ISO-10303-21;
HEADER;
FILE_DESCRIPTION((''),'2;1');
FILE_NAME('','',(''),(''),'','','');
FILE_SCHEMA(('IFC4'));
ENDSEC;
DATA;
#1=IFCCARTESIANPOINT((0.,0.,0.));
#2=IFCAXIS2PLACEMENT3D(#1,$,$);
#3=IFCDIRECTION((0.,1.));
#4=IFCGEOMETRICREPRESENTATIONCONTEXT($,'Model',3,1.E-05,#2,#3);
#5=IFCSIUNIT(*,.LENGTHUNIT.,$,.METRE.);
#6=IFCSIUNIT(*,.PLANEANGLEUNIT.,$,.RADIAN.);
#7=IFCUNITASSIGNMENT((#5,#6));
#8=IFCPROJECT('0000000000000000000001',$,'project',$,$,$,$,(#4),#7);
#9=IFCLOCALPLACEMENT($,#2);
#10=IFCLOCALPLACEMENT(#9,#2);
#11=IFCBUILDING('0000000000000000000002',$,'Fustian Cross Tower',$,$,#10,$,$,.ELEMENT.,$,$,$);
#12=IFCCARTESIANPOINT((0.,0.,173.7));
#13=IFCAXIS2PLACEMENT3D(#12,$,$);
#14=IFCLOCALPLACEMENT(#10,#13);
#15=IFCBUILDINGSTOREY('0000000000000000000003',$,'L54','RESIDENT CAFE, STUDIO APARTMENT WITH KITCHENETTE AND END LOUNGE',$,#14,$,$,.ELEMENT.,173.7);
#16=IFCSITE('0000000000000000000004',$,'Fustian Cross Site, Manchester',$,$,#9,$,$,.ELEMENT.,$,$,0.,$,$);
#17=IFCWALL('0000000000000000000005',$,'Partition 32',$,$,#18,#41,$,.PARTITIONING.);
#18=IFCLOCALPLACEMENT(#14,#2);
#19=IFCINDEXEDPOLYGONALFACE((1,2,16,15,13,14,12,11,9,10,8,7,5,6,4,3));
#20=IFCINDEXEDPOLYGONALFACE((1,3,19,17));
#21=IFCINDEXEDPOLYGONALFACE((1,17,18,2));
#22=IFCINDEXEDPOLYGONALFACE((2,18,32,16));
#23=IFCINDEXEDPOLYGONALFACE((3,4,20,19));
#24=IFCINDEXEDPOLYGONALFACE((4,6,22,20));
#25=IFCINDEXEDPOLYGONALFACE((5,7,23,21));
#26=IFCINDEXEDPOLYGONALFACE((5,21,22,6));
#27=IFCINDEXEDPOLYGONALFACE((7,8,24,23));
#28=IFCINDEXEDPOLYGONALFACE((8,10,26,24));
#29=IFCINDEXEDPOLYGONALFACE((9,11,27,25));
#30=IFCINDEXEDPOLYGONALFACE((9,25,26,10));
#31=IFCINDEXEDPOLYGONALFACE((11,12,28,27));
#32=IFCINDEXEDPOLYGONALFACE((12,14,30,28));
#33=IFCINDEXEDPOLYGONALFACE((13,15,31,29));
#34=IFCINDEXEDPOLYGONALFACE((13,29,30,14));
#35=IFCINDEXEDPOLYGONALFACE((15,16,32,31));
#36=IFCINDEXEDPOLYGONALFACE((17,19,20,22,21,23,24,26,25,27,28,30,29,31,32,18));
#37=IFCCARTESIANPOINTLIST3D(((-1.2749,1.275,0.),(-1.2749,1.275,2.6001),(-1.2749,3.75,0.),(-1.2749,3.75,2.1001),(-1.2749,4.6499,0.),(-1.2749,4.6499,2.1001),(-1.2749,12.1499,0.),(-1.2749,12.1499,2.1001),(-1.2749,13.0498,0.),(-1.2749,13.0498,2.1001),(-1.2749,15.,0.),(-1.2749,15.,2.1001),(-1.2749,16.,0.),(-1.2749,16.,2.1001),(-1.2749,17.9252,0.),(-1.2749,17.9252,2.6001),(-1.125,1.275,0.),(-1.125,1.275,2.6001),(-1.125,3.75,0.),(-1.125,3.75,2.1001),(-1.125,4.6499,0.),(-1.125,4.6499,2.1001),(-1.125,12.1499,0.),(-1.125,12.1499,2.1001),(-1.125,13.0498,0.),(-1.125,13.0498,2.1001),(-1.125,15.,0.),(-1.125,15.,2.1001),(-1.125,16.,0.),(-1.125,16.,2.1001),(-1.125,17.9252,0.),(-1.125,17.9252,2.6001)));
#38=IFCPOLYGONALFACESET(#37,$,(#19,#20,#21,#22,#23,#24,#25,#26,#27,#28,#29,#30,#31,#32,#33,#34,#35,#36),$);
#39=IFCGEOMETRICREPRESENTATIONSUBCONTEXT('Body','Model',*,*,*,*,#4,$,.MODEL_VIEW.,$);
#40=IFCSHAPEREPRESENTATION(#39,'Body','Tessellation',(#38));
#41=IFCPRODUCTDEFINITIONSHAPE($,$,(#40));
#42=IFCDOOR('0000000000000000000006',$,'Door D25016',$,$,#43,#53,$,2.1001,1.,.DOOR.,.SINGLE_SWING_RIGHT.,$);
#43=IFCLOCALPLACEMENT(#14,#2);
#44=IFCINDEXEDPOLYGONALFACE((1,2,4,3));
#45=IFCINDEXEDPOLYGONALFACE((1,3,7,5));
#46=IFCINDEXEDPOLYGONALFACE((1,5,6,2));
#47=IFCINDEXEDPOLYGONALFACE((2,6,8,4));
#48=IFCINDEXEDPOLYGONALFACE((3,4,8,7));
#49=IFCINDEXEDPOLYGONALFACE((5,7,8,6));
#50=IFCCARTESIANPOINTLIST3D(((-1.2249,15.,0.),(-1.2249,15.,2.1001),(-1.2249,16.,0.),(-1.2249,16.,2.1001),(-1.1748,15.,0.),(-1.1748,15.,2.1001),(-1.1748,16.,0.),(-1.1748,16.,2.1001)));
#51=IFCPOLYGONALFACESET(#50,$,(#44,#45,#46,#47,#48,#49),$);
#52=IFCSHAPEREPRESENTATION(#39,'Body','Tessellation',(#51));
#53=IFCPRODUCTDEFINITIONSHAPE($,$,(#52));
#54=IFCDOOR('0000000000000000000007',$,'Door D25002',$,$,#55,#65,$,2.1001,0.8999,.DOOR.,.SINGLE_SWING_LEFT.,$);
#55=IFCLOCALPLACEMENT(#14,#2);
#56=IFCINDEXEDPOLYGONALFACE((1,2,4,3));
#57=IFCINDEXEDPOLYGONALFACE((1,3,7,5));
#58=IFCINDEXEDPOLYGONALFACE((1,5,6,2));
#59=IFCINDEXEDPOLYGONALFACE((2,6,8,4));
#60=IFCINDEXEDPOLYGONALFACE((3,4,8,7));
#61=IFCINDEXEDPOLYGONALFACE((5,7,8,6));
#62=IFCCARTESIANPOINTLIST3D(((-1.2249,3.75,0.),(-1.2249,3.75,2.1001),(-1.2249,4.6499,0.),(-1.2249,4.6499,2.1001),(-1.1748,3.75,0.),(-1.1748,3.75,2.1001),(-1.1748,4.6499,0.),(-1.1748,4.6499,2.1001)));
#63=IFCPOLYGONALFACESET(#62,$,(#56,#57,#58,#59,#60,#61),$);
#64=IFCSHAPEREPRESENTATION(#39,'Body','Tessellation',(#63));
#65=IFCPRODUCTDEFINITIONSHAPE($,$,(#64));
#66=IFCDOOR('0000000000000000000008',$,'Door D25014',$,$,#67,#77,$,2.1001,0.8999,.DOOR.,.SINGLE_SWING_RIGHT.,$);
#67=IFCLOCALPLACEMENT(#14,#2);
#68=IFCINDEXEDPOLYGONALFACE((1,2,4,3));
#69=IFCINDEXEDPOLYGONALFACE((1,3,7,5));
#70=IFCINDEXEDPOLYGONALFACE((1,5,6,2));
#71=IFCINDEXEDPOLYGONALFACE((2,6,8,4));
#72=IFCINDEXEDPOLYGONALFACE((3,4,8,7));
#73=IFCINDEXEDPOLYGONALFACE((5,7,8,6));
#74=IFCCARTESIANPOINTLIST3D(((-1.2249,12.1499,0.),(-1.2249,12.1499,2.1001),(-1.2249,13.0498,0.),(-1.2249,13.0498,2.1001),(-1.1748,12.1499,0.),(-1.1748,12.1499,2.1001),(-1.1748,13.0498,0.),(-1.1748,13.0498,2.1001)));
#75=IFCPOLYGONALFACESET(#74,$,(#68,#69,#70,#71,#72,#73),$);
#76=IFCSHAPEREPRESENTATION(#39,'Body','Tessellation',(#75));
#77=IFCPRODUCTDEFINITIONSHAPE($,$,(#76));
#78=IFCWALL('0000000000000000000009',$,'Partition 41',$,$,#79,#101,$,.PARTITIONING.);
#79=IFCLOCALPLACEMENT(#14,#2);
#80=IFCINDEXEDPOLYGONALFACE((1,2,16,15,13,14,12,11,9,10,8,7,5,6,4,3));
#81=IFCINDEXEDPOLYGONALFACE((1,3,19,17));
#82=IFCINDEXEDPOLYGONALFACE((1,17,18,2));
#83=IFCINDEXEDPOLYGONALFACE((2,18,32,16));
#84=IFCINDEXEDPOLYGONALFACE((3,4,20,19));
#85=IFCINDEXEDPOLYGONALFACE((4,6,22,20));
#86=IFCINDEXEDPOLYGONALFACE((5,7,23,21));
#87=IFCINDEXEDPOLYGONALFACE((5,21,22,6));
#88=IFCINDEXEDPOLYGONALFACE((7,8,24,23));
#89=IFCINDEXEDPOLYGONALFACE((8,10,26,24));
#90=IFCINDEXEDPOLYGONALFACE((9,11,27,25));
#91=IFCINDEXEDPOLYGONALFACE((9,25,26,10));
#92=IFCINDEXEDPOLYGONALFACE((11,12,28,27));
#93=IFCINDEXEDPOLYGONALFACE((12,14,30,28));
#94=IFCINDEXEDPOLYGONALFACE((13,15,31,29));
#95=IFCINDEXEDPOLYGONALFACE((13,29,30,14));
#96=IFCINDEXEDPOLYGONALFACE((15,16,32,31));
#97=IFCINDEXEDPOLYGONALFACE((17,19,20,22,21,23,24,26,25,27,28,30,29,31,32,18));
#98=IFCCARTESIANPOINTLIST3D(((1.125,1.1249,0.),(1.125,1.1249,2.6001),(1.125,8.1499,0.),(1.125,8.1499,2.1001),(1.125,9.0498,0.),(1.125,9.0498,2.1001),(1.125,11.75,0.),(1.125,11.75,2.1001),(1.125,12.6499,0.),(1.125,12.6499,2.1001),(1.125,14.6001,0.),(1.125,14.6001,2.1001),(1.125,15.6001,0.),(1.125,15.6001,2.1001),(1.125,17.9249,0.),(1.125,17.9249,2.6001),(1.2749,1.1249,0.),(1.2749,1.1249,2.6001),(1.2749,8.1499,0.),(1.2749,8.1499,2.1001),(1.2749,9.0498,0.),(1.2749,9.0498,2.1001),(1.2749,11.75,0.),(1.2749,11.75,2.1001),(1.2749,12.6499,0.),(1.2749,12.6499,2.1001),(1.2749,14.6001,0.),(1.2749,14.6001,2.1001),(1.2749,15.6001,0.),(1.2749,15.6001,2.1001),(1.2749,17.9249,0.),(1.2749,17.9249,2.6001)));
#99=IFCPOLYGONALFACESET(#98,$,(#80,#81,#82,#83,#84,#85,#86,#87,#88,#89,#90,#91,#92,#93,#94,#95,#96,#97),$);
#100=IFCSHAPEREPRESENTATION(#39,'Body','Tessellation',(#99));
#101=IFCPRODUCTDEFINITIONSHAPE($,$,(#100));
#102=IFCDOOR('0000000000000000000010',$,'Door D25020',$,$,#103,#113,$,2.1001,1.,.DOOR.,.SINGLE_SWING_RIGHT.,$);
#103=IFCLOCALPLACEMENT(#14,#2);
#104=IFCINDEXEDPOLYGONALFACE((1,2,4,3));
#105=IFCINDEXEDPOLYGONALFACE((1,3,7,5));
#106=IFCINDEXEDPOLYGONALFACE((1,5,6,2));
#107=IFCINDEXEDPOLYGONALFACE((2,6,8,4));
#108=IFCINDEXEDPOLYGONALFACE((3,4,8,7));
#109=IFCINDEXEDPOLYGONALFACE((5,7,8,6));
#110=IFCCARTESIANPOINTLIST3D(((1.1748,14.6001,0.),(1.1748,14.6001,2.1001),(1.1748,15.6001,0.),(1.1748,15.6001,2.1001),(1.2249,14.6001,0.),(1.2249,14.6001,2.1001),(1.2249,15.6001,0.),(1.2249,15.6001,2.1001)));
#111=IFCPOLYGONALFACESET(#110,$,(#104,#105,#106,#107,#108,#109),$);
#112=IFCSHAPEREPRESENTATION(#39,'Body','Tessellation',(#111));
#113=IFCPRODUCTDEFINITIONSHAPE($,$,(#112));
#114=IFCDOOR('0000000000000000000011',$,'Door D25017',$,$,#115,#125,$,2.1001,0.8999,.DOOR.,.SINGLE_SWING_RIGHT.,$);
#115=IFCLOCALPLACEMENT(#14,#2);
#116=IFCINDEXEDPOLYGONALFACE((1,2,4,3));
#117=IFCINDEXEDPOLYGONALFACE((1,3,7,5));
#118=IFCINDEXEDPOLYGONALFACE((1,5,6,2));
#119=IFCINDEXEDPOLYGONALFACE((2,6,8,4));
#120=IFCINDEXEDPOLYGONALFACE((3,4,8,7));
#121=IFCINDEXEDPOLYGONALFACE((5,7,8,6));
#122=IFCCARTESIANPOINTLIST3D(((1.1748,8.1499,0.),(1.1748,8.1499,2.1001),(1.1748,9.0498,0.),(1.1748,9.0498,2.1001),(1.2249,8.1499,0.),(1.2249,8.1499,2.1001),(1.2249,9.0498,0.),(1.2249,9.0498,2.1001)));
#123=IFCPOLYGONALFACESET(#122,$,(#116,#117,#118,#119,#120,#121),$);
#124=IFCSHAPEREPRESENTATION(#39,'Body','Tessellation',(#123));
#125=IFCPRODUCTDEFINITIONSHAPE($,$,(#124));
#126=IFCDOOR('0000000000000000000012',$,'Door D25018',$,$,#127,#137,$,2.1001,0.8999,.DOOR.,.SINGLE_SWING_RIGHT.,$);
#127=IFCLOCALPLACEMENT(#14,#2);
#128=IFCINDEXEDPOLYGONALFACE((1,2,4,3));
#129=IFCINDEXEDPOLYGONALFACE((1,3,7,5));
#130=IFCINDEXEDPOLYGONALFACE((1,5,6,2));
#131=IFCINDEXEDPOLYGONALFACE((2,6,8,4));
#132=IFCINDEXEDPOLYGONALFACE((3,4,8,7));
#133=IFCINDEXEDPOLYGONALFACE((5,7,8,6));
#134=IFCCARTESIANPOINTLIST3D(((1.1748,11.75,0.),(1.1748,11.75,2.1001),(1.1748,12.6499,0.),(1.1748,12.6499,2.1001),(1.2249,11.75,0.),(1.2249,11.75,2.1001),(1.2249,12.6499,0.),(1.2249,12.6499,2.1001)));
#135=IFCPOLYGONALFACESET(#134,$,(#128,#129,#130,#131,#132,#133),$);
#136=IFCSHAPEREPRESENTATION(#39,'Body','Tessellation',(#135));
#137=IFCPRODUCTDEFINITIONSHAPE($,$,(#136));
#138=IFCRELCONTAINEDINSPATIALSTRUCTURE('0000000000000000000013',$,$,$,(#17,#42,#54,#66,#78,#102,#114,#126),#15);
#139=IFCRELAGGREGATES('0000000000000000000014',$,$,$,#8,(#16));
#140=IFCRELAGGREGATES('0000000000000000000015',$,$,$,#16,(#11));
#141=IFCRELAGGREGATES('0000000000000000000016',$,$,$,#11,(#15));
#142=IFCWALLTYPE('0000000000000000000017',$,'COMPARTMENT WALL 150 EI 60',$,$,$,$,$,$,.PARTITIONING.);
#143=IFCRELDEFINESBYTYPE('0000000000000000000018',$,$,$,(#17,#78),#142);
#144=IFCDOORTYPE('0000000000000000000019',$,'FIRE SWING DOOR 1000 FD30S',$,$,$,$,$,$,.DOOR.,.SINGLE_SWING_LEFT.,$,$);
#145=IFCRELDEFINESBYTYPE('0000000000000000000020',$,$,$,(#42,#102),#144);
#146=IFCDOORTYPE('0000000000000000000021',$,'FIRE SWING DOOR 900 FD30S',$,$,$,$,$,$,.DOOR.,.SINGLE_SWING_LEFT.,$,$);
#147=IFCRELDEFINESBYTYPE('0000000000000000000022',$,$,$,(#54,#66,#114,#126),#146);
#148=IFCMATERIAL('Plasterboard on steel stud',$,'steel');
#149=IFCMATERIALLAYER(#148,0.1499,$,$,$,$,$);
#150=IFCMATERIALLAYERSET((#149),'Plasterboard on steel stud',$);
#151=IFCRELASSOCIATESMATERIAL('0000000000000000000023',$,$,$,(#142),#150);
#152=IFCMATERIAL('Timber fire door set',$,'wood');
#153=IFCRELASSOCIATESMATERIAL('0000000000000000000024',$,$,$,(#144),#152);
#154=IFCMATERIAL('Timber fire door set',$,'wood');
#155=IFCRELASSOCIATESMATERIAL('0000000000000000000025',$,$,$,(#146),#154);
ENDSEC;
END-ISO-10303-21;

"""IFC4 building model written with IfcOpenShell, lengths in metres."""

from ifc_helpers import new_model, si_unit, direction, frame, frame_2d, origin, place, context, subcontext, project, spatial, rectangle, extrude, material, layer, layer_set, type_object, element, fill, save


model = new_model("IFC4")

# Units and contexts
model_context = context("Model", 3, precision=1e-05, world=origin(), true_north=direction((0.0, 1.0)))
body_context = subcontext(model_context, "Body", "Model", "MODEL_VIEW")
ifc_project = project(units=[si_unit("LENGTHUNIT", "METRE"), si_unit("PLANEANGLEUNIT", "RADIAN")], contexts=[model_context])

# Site, building, storey
site_placement = place(None, origin())
site = spatial("IfcSite", under=ifc_project, at=site_placement, Name="Fustian Cross Site, Manchester", CompositionType="ELEMENT", RefElevation=0.0)
building_placement = place(site_placement, origin())
building = spatial("IfcBuilding", under=site, at=building_placement, Name="Fustian Cross Tower", CompositionType="ELEMENT")
storey_placement = place(building_placement, frame((0.0, 0.0, 173.7)))
storey = spatial("IfcBuildingStorey", under=building, at=storey_placement, Name="L54", Description="RESIDENT CAFE, STUDIO APARTMENT WITH KITCHENETTE AND END LOUNGE", CompositionType="ELEMENT", Elevation=173.7)

# Walls, openings, doors
ifc_material_1 = material(Name="Plasterboard on steel stud", Category="steel")
ifc_layer_1 = layer(ifc_material_1, 0.1499)
ifc_layer_set_1 = layer_set([ifc_layer_1], Name="Plasterboard on steel stud")
wall_type_1 = type_object("IfcWallType", Name="COMPARTMENT WALL 150 EI 60", PredefinedType="PARTITIONING", material=ifc_layer_set_1)
wall_1_placement = place(storey_placement, frame((-1.2, 1.2749, 0.0), z_axis=(0.0, 0.0, 1.0), x_axis=(0.0, 1.0, 0.0)))
wall_1 = element("IfcWall", 1, at=wall_1_placement, inside=storey, type_object=wall_type_1, Name="Partition 32", PredefinedType="PARTITIONING", context=body_context, shape_type="SweptSolid", body=[
    extrude(rectangle(XDim=16.6501, YDim=0.1499, at=frame_2d((8.3252, 0.0))), origin(), (0.0, 0.0, 1.0), 2.6001),
])
opening_1_placement = place(wall_1_placement, frame((2.4751, 0.0, 0.0)))
opening_1 = element("IfcOpeningElement", 2, at=opening_1_placement, cuts=wall_1, PredefinedType="OPENING", context=body_context, shape_type="SweptSolid", body=[
    extrude(rectangle(XDim=0.8999, YDim=2.1001, at=frame_2d((0.45, 1.05))), frame((0.0, 0.085, 0.0), z_axis=(0.0, -1.0, 0.0), x_axis=(1.0, 0.0, 0.0)), (0.0, 0.0, 1.0), 0.1699),
])
opening_2_placement = place(wall_1_placement, frame((10.875, 0.0, 0.0)))
opening_2 = element("IfcOpeningElement", 3, at=opening_2_placement, cuts=wall_1, PredefinedType="OPENING", context=body_context, shape_type="SweptSolid", body=[
    extrude(rectangle(XDim=0.8999, YDim=2.1001, at=frame_2d((0.45, 1.05))), frame((0.0, 0.085, 0.0), z_axis=(0.0, -1.0, 0.0), x_axis=(1.0, 0.0, 0.0)), (0.0, 0.0, 1.0), 0.1699),
])
opening_3_placement = place(wall_1_placement, frame((13.7251, 0.0, 0.0)))
opening_3 = element("IfcOpeningElement", 4, at=opening_3_placement, cuts=wall_1, PredefinedType="OPENING", context=body_context, shape_type="SweptSolid", body=[
    extrude(rectangle(XDim=1.0, YDim=2.1001, at=frame_2d((0.5, 1.05))), frame((0.0, 0.085, 0.0), z_axis=(0.0, -1.0, 0.0), x_axis=(1.0, 0.0, 0.0)), (0.0, 0.0, 1.0), 0.1699),
])
ifc_material_2 = material(Name="Timber fire door set", Category="wood")
door_type_1 = type_object("IfcDoorType", Name="FIRE SWING DOOR 1000 FD30S", OperationType="SINGLE_SWING_LEFT", PredefinedType="DOOR", material=ifc_material_2)
door_1_placement = place(opening_3_placement, origin())
door_1 = element("IfcDoor", 5, at=door_1_placement, inside=storey, type_object=door_type_1, Name="Door D25016", OperationType="SINGLE_SWING_RIGHT", OverallHeight=2.1001, OverallWidth=1.0, PredefinedType="DOOR", context=body_context, shape_type="SweptSolid", body=[
    extrude(rectangle(XDim=1.0, YDim=2.1001, at=frame_2d((0.5, 1.05))), frame((0.0, 0.0249, 0.0), z_axis=(0.0, -1.0, 0.0), x_axis=(1.0, 0.0, 0.0)), (0.0, 0.0, 1.0), 0.05),
])
fill(opening_3, door_1)
ifc_material_3 = material(Name="Timber fire door set", Category="wood")
door_type_2 = type_object("IfcDoorType", Name="FIRE SWING DOOR 900 FD30S", OperationType="SINGLE_SWING_LEFT", PredefinedType="DOOR", material=ifc_material_3)
door_2_placement = place(opening_1_placement, origin())
door_2 = element("IfcDoor", 6, at=door_2_placement, inside=storey, type_object=door_type_2, Name="Door D25002", OperationType="SINGLE_SWING_LEFT", OverallHeight=2.1001, OverallWidth=0.8999, PredefinedType="DOOR", context=body_context, shape_type="SweptSolid", body=[
    extrude(rectangle(XDim=0.8999, YDim=2.1001, at=frame_2d((0.45, 1.05))), frame((0.0, 0.0249, 0.0), z_axis=(0.0, -1.0, 0.0), x_axis=(1.0, 0.0, 0.0)), (0.0, 0.0, 1.0), 0.05),
])
fill(opening_1, door_2)
door_3_placement = place(opening_2_placement, origin())
door_3 = element("IfcDoor", 7, at=door_3_placement, inside=storey, type_object=door_type_2, Name="Door D25014", OperationType="SINGLE_SWING_RIGHT", OverallHeight=2.1001, OverallWidth=0.8999, PredefinedType="DOOR", context=body_context, shape_type="SweptSolid", body=[
    extrude(rectangle(XDim=0.8999, YDim=2.1001, at=frame_2d((0.45, 1.05))), frame((0.0, 0.0249, 0.0), z_axis=(0.0, -1.0, 0.0), x_axis=(1.0, 0.0, 0.0)), (0.0, 0.0, 1.0), 0.05),
])
fill(opening_2, door_3)
wall_2_placement = place(storey_placement, frame((1.2, 1.125, 0.0), z_axis=(0.0, 0.0, 1.0), x_axis=(0.0, 1.0, 0.0)))
wall_2 = element("IfcWall", 8, at=wall_2_placement, inside=storey, type_object=wall_type_1, Name="Partition 41", PredefinedType="PARTITIONING", context=body_context, shape_type="SweptSolid", body=[
    extrude(rectangle(XDim=16.8, YDim=0.1499, at=frame_2d((8.3999, 0.0))), origin(), (0.0, 0.0, 1.0), 2.6001),
])
opening_4_placement = place(wall_2_placement, frame((7.0249, 0.0, 0.0)))
opening_4 = element("IfcOpeningElement", 9, at=opening_4_placement, cuts=wall_2, PredefinedType="OPENING", context=body_context, shape_type="SweptSolid", body=[
    extrude(rectangle(XDim=0.8999, YDim=2.1001, at=frame_2d((0.45, 1.05))), frame((0.0, 0.085, 0.0), z_axis=(0.0, -1.0, 0.0), x_axis=(1.0, 0.0, 0.0)), (0.0, 0.0, 1.0), 0.1699),
])
opening_5_placement = place(wall_2_placement, frame((10.625, 0.0, 0.0)))
opening_5 = element("IfcOpeningElement", 10, at=opening_5_placement, cuts=wall_2, PredefinedType="OPENING", context=body_context, shape_type="SweptSolid", body=[
    extrude(rectangle(XDim=0.8999, YDim=2.1001, at=frame_2d((0.45, 1.05))), frame((0.0, 0.085, 0.0), z_axis=(0.0, -1.0, 0.0), x_axis=(1.0, 0.0, 0.0)), (0.0, 0.0, 1.0), 0.1699),
])
opening_6_placement = place(wall_2_placement, frame((13.4751, 0.0, 0.0)))
opening_6 = element("IfcOpeningElement", 11, at=opening_6_placement, cuts=wall_2, PredefinedType="OPENING", context=body_context, shape_type="SweptSolid", body=[
    extrude(rectangle(XDim=1.0, YDim=2.1001, at=frame_2d((0.5, 1.05))), frame((0.0, 0.085, 0.0), z_axis=(0.0, -1.0, 0.0), x_axis=(1.0, 0.0, 0.0)), (0.0, 0.0, 1.0), 0.1699),
])
door_4_placement = place(opening_6_placement, frame((1.0, 0.0, 0.0), z_axis=(0.0, 0.0, 1.0), x_axis=(-1.0, 0.0, 0.0)))
door_4 = element("IfcDoor", 12, at=door_4_placement, inside=storey, type_object=door_type_1, Name="Door D25020", OperationType="SINGLE_SWING_RIGHT", OverallHeight=2.1001, OverallWidth=1.0, PredefinedType="DOOR", context=body_context, shape_type="SweptSolid", body=[
    extrude(rectangle(XDim=1.0, YDim=2.1001, at=frame_2d((0.5, 1.05))), frame((0.0, 0.0249, 0.0), z_axis=(0.0, -1.0, 0.0), x_axis=(1.0, 0.0, 0.0)), (0.0, 0.0, 1.0), 0.05),
])
fill(opening_6, door_4)
door_5_placement = place(opening_4_placement, frame((0.8999, 0.0, 0.0), z_axis=(0.0, 0.0, 1.0), x_axis=(-1.0, 0.0, 0.0)))
door_5 = element("IfcDoor", 13, at=door_5_placement, inside=storey, type_object=door_type_2, Name="Door D25017", OperationType="SINGLE_SWING_RIGHT", OverallHeight=2.1001, OverallWidth=0.8999, PredefinedType="DOOR", context=body_context, shape_type="SweptSolid", body=[
    extrude(rectangle(XDim=0.8999, YDim=2.1001, at=frame_2d((0.45, 1.05))), frame((0.0, 0.0249, 0.0), z_axis=(0.0, -1.0, 0.0), x_axis=(1.0, 0.0, 0.0)), (0.0, 0.0, 1.0), 0.05),
])
fill(opening_4, door_5)
door_6_placement = place(opening_5_placement, frame((0.8999, 0.0, 0.0), z_axis=(0.0, 0.0, 1.0), x_axis=(-1.0, 0.0, 0.0)))
door_6 = element("IfcDoor", 14, at=door_6_placement, inside=storey, type_object=door_type_2, Name="Door D25018", OperationType="SINGLE_SWING_RIGHT", OverallHeight=2.1001, OverallWidth=0.8999, PredefinedType="DOOR", context=body_context, shape_type="SweptSolid", body=[
    extrude(rectangle(XDim=0.8999, YDim=2.1001, at=frame_2d((0.45, 1.05))), frame((0.0, 0.0249, 0.0), z_axis=(0.0, -1.0, 0.0), x_axis=(1.0, 0.0, 0.0)), (0.0, 0.0, 1.0), 0.05),
])
fill(opening_5, door_6)

save(model, "model.ifc")
